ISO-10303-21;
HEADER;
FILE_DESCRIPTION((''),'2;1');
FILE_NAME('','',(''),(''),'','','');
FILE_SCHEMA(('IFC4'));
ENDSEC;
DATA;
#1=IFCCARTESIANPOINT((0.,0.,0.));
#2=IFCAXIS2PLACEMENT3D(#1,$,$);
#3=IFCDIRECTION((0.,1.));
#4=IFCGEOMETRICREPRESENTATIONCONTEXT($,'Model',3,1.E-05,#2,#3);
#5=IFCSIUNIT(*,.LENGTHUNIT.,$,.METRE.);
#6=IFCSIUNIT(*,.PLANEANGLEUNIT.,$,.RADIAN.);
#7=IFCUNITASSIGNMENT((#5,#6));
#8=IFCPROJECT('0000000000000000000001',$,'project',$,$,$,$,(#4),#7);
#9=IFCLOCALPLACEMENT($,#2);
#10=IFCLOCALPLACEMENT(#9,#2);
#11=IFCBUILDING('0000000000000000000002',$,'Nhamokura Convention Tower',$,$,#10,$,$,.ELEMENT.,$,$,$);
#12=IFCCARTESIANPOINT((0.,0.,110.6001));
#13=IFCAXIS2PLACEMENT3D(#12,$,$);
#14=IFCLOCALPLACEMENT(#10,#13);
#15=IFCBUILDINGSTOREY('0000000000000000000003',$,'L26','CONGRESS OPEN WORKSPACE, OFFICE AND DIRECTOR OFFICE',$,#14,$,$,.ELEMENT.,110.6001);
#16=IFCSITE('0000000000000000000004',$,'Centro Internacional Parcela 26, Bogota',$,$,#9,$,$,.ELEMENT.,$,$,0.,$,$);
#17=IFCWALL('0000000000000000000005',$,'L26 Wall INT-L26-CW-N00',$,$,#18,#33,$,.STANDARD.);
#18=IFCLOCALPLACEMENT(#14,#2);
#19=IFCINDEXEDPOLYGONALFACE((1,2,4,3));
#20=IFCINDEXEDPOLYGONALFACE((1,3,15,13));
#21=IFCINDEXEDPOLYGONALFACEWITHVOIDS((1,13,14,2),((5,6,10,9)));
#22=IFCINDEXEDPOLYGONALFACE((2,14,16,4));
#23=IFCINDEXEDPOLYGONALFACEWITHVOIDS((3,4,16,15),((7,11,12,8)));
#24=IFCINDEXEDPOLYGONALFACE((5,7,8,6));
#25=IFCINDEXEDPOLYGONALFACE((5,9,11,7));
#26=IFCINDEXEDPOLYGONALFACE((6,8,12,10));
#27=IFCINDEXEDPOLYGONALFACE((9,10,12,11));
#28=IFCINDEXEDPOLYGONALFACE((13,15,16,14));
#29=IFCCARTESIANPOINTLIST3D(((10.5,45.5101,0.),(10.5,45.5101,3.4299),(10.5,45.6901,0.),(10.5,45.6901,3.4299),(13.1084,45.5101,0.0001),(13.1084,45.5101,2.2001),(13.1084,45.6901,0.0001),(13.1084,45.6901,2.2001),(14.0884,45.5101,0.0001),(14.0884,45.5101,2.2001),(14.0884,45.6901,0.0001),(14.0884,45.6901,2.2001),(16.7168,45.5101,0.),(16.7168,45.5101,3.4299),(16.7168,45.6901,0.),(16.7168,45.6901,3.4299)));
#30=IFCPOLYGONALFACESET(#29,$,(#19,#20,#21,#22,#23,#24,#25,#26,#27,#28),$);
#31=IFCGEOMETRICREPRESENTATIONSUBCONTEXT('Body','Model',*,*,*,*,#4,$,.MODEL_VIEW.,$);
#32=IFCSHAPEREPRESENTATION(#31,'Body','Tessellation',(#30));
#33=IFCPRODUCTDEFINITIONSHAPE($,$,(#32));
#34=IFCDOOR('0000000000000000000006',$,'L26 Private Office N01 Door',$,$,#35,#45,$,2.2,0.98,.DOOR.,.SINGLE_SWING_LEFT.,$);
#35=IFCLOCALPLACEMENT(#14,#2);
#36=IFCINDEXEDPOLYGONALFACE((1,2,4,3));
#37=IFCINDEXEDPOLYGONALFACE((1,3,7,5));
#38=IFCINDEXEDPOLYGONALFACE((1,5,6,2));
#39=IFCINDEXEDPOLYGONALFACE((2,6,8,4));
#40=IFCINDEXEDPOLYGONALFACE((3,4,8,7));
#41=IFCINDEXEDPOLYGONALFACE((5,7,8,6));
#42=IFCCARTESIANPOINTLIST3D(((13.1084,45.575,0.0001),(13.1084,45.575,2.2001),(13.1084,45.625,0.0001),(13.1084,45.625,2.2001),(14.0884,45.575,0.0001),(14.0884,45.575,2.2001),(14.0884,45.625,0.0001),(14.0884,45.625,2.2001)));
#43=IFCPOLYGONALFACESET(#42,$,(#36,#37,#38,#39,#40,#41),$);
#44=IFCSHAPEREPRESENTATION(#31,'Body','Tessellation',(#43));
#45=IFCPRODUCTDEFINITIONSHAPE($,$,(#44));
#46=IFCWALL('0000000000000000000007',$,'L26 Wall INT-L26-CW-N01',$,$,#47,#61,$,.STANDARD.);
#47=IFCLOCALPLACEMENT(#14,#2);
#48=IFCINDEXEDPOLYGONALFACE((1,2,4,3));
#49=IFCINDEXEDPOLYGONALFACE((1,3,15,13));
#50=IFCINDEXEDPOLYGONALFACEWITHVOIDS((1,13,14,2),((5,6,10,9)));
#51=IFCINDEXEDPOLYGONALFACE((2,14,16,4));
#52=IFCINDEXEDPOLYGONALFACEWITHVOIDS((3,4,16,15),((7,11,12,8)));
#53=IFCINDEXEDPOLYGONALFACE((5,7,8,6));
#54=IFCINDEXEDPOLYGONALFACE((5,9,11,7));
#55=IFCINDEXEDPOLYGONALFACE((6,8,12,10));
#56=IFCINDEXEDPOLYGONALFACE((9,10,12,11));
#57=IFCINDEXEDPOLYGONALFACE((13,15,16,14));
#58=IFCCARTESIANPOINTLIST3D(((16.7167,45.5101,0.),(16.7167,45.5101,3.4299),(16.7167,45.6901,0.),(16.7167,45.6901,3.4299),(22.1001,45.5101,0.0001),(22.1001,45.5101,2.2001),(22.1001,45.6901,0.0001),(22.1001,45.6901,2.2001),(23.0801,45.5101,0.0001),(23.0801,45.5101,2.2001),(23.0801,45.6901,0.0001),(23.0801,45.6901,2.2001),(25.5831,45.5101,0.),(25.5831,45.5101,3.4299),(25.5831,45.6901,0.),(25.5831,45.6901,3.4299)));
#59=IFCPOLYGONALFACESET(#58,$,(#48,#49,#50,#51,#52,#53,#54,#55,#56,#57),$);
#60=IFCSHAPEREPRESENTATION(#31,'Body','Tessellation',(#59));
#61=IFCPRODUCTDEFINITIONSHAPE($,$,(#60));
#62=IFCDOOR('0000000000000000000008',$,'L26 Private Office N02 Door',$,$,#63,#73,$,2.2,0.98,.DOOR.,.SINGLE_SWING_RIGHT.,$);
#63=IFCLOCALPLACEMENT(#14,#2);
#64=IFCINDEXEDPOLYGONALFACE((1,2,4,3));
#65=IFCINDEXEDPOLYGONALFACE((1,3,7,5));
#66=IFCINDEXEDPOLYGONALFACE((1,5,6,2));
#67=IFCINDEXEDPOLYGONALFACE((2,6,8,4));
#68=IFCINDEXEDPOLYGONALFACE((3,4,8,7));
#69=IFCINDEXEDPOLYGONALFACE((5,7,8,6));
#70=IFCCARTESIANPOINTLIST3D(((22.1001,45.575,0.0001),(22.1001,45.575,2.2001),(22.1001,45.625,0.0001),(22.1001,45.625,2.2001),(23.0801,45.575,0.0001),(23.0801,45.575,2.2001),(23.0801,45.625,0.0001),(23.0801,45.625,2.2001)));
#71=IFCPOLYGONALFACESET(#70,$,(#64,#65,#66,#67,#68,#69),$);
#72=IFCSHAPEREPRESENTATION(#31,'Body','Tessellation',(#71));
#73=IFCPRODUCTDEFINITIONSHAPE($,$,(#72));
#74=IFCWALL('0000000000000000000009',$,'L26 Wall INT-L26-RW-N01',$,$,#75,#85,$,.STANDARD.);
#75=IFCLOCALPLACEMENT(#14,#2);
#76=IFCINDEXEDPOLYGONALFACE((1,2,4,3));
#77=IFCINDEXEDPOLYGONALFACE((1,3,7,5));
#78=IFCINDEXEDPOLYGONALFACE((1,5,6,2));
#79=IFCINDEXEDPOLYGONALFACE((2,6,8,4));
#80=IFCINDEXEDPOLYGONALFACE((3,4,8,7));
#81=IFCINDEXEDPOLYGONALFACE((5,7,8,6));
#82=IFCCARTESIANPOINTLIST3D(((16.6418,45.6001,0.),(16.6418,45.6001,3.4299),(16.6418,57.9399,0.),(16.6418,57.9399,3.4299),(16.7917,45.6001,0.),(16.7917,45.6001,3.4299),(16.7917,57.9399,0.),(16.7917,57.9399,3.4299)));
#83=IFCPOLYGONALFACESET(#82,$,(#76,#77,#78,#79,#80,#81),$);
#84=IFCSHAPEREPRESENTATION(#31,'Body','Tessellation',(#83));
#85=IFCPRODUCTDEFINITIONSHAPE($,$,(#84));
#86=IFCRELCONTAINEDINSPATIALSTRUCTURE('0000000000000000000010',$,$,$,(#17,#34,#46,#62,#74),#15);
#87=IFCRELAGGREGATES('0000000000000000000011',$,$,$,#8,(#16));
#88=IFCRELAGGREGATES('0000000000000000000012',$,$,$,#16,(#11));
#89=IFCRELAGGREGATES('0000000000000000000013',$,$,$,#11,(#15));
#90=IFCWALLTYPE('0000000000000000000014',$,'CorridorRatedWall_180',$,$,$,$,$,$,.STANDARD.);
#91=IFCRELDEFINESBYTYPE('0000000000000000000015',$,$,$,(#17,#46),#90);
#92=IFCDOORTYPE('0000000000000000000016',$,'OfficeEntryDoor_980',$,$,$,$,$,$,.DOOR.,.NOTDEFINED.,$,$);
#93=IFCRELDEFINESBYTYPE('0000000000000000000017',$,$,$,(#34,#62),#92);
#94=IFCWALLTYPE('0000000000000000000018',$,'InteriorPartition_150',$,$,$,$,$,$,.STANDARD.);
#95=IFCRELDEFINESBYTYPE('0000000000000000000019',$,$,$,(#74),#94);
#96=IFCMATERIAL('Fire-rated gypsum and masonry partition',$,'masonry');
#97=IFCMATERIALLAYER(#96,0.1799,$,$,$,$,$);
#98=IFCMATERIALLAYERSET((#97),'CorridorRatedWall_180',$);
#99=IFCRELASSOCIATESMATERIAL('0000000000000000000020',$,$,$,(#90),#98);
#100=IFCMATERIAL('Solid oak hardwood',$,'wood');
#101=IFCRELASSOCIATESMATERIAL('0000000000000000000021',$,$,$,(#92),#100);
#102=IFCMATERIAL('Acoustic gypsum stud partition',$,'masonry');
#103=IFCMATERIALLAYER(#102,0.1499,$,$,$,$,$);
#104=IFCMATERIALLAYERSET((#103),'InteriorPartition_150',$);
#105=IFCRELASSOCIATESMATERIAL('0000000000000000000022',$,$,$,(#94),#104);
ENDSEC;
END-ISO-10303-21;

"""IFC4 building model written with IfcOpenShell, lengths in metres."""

from ifc_helpers import new_model, si_unit, direction, frame, frame_2d, origin, place, context, subcontext, project, spatial, rectangle, extrude, material, layer, layer_set, type_object, element, fill, save


model = new_model("IFC4")

# Units and contexts
model_context = context("Model", 3, precision=1e-05, world=origin(), true_north=direction((0.0, 1.0)))
body_context = subcontext(model_context, "Body", "Model", "MODEL_VIEW")
ifc_project = project(units=[si_unit("LENGTHUNIT", "METRE"), si_unit("PLANEANGLEUNIT", "RADIAN")], contexts=[model_context])

# Site, building, storey
site_placement = place(None, origin())
site = spatial("IfcSite", under=ifc_project, at=site_placement, Name="Centro Internacional Parcela 26, Bogota", CompositionType="ELEMENT", RefElevation=0.0)
building_placement = place(site_placement, origin())
building = spatial("IfcBuilding", under=site, at=building_placement, Name="Nhamokura Convention Tower", CompositionType="ELEMENT")
storey_placement = place(building_placement, frame((0.0, 0.0, 110.6001)))
storey = spatial("IfcBuildingStorey", under=building, at=storey_placement, Name="L26", Description="CONGRESS OPEN WORKSPACE, OFFICE AND DIRECTOR OFFICE", CompositionType="ELEMENT", Elevation=110.6001)

# Walls, openings, doors
ifc_material_1 = material(Name="Fire-rated gypsum and masonry partition", Category="masonry")
ifc_layer_1 = layer(ifc_material_1, 0.1799)
ifc_layer_set_1 = layer_set([ifc_layer_1], Name="CorridorRatedWall_180")
wall_type_1 = type_object("IfcWallType", Name="CorridorRatedWall_180", PredefinedType="STANDARD", material=ifc_layer_set_1)
wall_1_placement = place(storey_placement, frame((10.5, 45.6001, 0.0), z_axis=(0.0, 0.0, 1.0), x_axis=(1.0, 0.0, 0.0)))
wall_1 = element("IfcWall", 1, at=wall_1_placement, inside=storey, type_object=wall_type_1, Name="L26 Wall INT-L26-CW-N00", PredefinedType="STANDARD", context=body_context, shape_type="SweptSolid", body=[
    extrude(rectangle(XDim=6.2168, YDim=0.1799, at=frame_2d((3.1084, 0.0))), origin(), (0.0, 0.0, 1.0), 3.4299),
])
opening_1_placement = place(wall_1_placement, frame((2.6084, 0.0, 0.0)))
opening_1 = element("IfcOpeningElement", 2, at=opening_1_placement, cuts=wall_1, PredefinedType="OPENING", context=body_context, shape_type="SweptSolid", body=[
    extrude(rectangle(XDim=0.98, YDim=2.2, at=frame_2d((0.49, 1.1001))), frame((0.0, 0.0999, 0.0), z_axis=(0.0, -1.0, 0.0), x_axis=(1.0, 0.0, 0.0)), (0.0, 0.0, 1.0), 0.2),
])
ifc_material_2 = material(Name="Solid oak hardwood", Category="wood")
door_type = type_object("IfcDoorType", Name="OfficeEntryDoor_980", OperationType="NOTDEFINED", PredefinedType="DOOR", material=ifc_material_2)
door_1_placement = place(opening_1_placement, origin())
door_1 = element("IfcDoor", 3, at=door_1_placement, inside=storey, type_object=door_type, Name="L26 Private Office N01 Door", OperationType="SINGLE_SWING_LEFT", OverallHeight=2.2, OverallWidth=0.98, PredefinedType="DOOR", context=body_context, shape_type="SweptSolid", body=[
    extrude(rectangle(XDim=0.98, YDim=2.2, at=frame_2d((0.49, 1.1001))), frame((0.0, 0.0249, 0.0), z_axis=(0.0, -1.0, 0.0), x_axis=(1.0, 0.0, 0.0)), (0.0, 0.0, 1.0), 0.05),
])
fill(opening_1, door_1)
wall_2_placement = place(storey_placement, frame((16.7168, 45.6001, 0.0), z_axis=(0.0, 0.0, 1.0), x_axis=(1.0, 0.0, 0.0)))
wall_2 = element("IfcWall", 4, at=wall_2_placement, inside=storey, type_object=wall_type_1, Name="L26 Wall INT-L26-CW-N01", PredefinedType="STANDARD", context=body_context, shape_type="SweptSolid", body=[
    extrude(rectangle(XDim=8.8665, YDim=0.1799, at=frame_2d((4.4331, 0.0))), origin(), (0.0, 0.0, 1.0), 3.4299),
])
opening_2_placement = place(wall_2_placement, frame((5.3833, 0.0, 0.0)))
opening_2 = element("IfcOpeningElement", 5, at=opening_2_placement, cuts=wall_2, PredefinedType="OPENING", context=body_context, shape_type="SweptSolid", body=[
    extrude(rectangle(XDim=0.98, YDim=2.2, at=frame_2d((0.49, 1.1001))), frame((0.0, 0.0999, 0.0), z_axis=(0.0, -1.0, 0.0), x_axis=(1.0, 0.0, 0.0)), (0.0, 0.0, 1.0), 0.2),
])
door_2_placement = place(opening_2_placement, origin())
door_2 = element("IfcDoor", 6, at=door_2_placement, inside=storey, type_object=door_type, Name="L26 Private Office N02 Door", OperationType="SINGLE_SWING_RIGHT", OverallHeight=2.2, OverallWidth=0.98, PredefinedType="DOOR", context=body_context, shape_type="SweptSolid", body=[
    extrude(rectangle(XDim=0.98, YDim=2.2, at=frame_2d((0.49, 1.1001))), frame((0.0, 0.0249, 0.0), z_axis=(0.0, -1.0, 0.0), x_axis=(1.0, 0.0, 0.0)), (0.0, 0.0, 1.0), 0.05),
])
fill(opening_2, door_2)

# Wall
ifc_material_3 = material(Name="Acoustic gypsum stud partition", Category="masonry")
ifc_layer_2 = layer(ifc_material_3, 0.1499)
ifc_layer_set_2 = layer_set([ifc_layer_2], Name="InteriorPartition_150")
wall_type_2 = type_object("IfcWallType", Name="InteriorPartition_150", PredefinedType="STANDARD", material=ifc_layer_set_2)
wall_3_placement = place(storey_placement, frame((16.7168, 45.6001, 0.0), z_axis=(0.0, 0.0, 1.0), x_axis=(0.0, 1.0, 0.0)))
element("IfcWall", 7, at=wall_3_placement, inside=storey, type_object=wall_type_2, Name="L26 Wall INT-L26-RW-N01", PredefinedType="STANDARD", context=body_context, shape_type="SweptSolid", body=[
    extrude(rectangle(XDim=12.3398, YDim=0.1499, at=frame_2d((6.1699, 0.0))), origin(), (0.0, 0.0, 1.0), 3.4299),
])

save(model, "model.ifc")
